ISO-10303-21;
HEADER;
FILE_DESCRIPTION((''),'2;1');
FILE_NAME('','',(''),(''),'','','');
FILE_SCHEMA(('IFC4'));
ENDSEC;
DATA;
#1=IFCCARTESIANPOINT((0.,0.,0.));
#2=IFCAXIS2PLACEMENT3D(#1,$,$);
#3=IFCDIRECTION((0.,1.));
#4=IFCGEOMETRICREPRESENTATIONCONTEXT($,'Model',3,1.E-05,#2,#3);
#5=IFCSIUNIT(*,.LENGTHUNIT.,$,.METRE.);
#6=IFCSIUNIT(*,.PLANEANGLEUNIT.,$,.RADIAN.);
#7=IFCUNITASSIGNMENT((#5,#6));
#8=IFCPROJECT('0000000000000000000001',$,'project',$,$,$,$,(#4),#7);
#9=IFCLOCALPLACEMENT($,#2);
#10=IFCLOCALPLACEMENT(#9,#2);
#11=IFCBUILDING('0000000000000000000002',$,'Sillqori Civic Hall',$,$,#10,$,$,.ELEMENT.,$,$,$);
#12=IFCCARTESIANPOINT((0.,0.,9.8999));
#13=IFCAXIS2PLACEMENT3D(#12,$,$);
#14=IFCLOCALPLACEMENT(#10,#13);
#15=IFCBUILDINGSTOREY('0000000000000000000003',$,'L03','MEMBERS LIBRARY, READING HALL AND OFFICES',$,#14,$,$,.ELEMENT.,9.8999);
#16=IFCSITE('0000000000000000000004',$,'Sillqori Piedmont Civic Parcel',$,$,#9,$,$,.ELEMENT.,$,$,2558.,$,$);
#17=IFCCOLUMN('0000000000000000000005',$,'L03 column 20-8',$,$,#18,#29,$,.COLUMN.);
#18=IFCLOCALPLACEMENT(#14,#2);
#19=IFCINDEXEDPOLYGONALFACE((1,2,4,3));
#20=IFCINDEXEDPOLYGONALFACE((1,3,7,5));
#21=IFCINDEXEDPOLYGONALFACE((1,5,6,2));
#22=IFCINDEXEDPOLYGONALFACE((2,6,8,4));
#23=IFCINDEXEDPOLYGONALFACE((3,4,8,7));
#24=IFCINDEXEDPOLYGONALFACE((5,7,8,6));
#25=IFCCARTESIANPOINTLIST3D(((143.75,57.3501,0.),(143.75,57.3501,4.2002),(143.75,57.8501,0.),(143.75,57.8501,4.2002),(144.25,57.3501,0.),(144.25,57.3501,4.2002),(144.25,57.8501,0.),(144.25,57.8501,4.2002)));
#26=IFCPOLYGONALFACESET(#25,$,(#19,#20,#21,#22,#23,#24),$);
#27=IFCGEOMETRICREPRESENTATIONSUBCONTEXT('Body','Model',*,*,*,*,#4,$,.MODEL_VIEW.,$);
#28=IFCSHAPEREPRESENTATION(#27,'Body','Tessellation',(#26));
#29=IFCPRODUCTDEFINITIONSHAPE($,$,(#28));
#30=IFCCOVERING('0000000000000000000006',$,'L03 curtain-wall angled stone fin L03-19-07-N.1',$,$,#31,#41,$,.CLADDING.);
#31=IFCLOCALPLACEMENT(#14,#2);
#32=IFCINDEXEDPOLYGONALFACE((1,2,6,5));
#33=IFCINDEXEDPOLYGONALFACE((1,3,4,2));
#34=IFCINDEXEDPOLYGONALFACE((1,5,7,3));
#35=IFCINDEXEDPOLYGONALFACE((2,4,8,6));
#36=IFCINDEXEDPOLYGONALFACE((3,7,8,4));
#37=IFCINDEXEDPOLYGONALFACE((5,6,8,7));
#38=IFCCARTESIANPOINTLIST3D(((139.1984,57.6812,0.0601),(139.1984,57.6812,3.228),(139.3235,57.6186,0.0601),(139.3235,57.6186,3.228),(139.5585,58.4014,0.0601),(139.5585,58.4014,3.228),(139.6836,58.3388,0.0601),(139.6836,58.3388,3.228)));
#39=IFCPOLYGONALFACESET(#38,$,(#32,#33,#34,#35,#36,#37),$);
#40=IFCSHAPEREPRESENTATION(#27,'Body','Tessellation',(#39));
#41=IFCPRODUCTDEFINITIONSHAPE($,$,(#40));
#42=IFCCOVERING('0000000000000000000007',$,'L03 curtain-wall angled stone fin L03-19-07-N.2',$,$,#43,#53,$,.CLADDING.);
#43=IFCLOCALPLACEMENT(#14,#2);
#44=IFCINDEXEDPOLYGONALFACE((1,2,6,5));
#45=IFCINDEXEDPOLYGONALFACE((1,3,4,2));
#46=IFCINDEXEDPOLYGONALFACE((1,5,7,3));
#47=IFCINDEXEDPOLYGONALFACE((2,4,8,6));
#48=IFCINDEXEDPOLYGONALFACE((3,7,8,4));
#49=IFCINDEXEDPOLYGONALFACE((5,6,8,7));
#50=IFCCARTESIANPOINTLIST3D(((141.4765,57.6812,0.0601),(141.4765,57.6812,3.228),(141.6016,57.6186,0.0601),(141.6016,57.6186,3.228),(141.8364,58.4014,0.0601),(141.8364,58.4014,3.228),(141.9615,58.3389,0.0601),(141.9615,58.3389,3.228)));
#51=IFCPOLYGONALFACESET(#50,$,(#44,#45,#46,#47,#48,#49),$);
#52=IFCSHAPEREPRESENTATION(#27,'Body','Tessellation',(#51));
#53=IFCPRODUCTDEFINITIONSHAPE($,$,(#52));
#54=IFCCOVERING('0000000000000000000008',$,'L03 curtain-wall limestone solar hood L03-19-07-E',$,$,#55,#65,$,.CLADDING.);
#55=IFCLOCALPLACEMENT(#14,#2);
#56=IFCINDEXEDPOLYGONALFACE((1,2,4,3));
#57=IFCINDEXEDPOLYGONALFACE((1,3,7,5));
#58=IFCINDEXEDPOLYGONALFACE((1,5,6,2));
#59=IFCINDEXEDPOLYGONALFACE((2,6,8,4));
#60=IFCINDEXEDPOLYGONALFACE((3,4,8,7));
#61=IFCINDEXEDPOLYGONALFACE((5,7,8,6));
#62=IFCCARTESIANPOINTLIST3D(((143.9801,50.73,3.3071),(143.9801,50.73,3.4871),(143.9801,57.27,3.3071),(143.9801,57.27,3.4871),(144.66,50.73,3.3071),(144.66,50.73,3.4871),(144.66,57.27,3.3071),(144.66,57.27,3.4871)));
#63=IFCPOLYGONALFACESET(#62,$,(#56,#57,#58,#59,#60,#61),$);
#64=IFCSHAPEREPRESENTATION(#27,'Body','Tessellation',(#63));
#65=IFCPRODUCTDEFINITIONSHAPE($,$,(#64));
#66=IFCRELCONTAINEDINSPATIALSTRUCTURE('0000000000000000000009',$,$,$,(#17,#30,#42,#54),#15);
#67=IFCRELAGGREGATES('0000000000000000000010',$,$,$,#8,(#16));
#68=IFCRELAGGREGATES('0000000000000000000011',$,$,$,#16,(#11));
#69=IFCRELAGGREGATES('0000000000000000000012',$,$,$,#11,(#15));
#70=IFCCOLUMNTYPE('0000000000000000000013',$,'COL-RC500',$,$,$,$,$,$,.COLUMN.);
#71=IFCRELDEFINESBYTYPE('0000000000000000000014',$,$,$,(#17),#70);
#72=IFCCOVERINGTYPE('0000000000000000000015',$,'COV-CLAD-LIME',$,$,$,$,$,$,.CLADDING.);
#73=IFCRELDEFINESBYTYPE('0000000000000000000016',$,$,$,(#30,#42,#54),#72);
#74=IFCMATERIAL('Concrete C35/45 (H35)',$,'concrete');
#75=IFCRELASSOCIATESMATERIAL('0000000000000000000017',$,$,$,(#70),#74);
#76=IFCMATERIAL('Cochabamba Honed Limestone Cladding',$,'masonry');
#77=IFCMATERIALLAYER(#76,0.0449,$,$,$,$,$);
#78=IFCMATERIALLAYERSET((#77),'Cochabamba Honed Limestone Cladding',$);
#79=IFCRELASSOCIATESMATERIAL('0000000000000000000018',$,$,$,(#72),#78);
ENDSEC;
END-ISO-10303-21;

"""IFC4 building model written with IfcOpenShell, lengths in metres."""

from ifc_helpers import new_model, si_unit, direction, frame, frame_2d, origin, origin_2d, place, context, subcontext, project, spatial, rectangle, extrude, material, layer, layer_set, material_profile, profile_set, type_object, element, save


model = new_model("IFC4")

# Units and contexts
model_context = context("Model", 3, precision=1e-05, world=origin(), true_north=direction((0.0, 1.0)))
body_context = subcontext(model_context, "Body", "Model", "MODEL_VIEW")
ifc_project = project(units=[si_unit("LENGTHUNIT", "METRE"), si_unit("PLANEANGLEUNIT", "RADIAN")], contexts=[model_context])

# Site, building, storey
site_placement = place(None, origin())
site = spatial("IfcSite", under=ifc_project, at=site_placement, Name="Sillqori Piedmont Civic Parcel", CompositionType="ELEMENT", RefElevation=2558.0)
building_placement = place(site_placement, origin())
building = spatial("IfcBuilding", under=site, at=building_placement, Name="Sillqori Civic Hall", CompositionType="ELEMENT")
storey_placement = place(building_placement, frame((0.0, 0.0, 9.8999)))
storey = spatial("IfcBuildingStorey", under=building, at=storey_placement, Name="L03", Description="MEMBERS LIBRARY, READING HALL AND OFFICES", CompositionType="ELEMENT", Elevation=9.8999)

# Column
ifc_material_1 = material(Name="Concrete C35/45 (H35)", Category="concrete")
ifc_material_profile_1 = material_profile(ifc_material_1, rectangle(XDim=0.5, YDim=0.5, at=origin_2d()), Name="RC 500x500")
ifc_profile_set_1 = profile_set([ifc_material_profile_1], Name="Concrete C35/45 (H35)")
column_type = type_object("IfcColumnType", Name="COL-RC500", PredefinedType="COLUMN", material=ifc_profile_set_1)
column_placement = place(storey_placement, frame((144.0, 57.6001, 0.0), z_axis=(0.0, 0.0, 1.0), x_axis=(1.0, 0.0, 0.0)))
element("IfcColumn", 1, at=column_placement, inside=storey, type_object=column_type, Name="L03 column 20-8", PredefinedType="COLUMN", context=body_context, shape_type="SweptSolid", body=[
    extrude(rectangle(XDim=0.5, YDim=0.5, at=origin_2d()), origin(), (0.0, 0.0, 1.0), 4.2002),
])

# Coverings
ifc_material_2 = material(Name="Cochabamba Honed Limestone Cladding", Category="masonry")
ifc_layer_1 = layer(ifc_material_2, 0.0449)
ifc_layer_set_1 = layer_set([ifc_layer_1], Name="Cochabamba Honed Limestone Cladding")
covering_type = type_object("IfcCoveringType", Name="COV-CLAD-LIME", PredefinedType="CLADDING", material=ifc_layer_set_1)
for number, where, z_axis, x_axis, name in (
    (2, (139.261, 57.6499, 0.0601), (0.0, 0.0, 1.0), (0.447214, 0.894427, 0.0), "L03 curtain-wall angled stone fin L03-19-07-N.1"),
    (3, (141.5391, 57.6499, 0.0601), (0.0, 0.0, 1.0), (0.446971, 0.894548, 0.0), "L03 curtain-wall angled stone fin L03-19-07-N.2"),
):
    element("IfcCovering", number, at=place(storey_placement, frame(where, z_axis=z_axis, x_axis=x_axis)), inside=storey, type_object=covering_type, Name=name, PredefinedType="CLADDING", context=body_context, shape_type="SweptSolid", body=[
        extrude(rectangle(XDim=0.8052, YDim=0.1399, at=frame_2d((0.4026, 0.0))), origin(), (0.0, 0.0, 1.0), 3.168),
    ])
covering_placement = place(storey_placement, frame((144.3201, 57.27, 3.3071), z_axis=(0.0, 0.0, 1.0), x_axis=(0.0, -1.0, 0.0)))
element("IfcCovering", 4, at=covering_placement, inside=storey, type_object=covering_type, Name="L03 curtain-wall limestone solar hood L03-19-07-E", PredefinedType="CLADDING", context=body_context, shape_type="SweptSolid", body=[
    extrude(rectangle(XDim=6.54, YDim=0.6799, at=frame_2d((3.27, 0.0))), origin(), (0.0, 0.0, 1.0), 0.1799),
])

save(model, "model.ifc")
